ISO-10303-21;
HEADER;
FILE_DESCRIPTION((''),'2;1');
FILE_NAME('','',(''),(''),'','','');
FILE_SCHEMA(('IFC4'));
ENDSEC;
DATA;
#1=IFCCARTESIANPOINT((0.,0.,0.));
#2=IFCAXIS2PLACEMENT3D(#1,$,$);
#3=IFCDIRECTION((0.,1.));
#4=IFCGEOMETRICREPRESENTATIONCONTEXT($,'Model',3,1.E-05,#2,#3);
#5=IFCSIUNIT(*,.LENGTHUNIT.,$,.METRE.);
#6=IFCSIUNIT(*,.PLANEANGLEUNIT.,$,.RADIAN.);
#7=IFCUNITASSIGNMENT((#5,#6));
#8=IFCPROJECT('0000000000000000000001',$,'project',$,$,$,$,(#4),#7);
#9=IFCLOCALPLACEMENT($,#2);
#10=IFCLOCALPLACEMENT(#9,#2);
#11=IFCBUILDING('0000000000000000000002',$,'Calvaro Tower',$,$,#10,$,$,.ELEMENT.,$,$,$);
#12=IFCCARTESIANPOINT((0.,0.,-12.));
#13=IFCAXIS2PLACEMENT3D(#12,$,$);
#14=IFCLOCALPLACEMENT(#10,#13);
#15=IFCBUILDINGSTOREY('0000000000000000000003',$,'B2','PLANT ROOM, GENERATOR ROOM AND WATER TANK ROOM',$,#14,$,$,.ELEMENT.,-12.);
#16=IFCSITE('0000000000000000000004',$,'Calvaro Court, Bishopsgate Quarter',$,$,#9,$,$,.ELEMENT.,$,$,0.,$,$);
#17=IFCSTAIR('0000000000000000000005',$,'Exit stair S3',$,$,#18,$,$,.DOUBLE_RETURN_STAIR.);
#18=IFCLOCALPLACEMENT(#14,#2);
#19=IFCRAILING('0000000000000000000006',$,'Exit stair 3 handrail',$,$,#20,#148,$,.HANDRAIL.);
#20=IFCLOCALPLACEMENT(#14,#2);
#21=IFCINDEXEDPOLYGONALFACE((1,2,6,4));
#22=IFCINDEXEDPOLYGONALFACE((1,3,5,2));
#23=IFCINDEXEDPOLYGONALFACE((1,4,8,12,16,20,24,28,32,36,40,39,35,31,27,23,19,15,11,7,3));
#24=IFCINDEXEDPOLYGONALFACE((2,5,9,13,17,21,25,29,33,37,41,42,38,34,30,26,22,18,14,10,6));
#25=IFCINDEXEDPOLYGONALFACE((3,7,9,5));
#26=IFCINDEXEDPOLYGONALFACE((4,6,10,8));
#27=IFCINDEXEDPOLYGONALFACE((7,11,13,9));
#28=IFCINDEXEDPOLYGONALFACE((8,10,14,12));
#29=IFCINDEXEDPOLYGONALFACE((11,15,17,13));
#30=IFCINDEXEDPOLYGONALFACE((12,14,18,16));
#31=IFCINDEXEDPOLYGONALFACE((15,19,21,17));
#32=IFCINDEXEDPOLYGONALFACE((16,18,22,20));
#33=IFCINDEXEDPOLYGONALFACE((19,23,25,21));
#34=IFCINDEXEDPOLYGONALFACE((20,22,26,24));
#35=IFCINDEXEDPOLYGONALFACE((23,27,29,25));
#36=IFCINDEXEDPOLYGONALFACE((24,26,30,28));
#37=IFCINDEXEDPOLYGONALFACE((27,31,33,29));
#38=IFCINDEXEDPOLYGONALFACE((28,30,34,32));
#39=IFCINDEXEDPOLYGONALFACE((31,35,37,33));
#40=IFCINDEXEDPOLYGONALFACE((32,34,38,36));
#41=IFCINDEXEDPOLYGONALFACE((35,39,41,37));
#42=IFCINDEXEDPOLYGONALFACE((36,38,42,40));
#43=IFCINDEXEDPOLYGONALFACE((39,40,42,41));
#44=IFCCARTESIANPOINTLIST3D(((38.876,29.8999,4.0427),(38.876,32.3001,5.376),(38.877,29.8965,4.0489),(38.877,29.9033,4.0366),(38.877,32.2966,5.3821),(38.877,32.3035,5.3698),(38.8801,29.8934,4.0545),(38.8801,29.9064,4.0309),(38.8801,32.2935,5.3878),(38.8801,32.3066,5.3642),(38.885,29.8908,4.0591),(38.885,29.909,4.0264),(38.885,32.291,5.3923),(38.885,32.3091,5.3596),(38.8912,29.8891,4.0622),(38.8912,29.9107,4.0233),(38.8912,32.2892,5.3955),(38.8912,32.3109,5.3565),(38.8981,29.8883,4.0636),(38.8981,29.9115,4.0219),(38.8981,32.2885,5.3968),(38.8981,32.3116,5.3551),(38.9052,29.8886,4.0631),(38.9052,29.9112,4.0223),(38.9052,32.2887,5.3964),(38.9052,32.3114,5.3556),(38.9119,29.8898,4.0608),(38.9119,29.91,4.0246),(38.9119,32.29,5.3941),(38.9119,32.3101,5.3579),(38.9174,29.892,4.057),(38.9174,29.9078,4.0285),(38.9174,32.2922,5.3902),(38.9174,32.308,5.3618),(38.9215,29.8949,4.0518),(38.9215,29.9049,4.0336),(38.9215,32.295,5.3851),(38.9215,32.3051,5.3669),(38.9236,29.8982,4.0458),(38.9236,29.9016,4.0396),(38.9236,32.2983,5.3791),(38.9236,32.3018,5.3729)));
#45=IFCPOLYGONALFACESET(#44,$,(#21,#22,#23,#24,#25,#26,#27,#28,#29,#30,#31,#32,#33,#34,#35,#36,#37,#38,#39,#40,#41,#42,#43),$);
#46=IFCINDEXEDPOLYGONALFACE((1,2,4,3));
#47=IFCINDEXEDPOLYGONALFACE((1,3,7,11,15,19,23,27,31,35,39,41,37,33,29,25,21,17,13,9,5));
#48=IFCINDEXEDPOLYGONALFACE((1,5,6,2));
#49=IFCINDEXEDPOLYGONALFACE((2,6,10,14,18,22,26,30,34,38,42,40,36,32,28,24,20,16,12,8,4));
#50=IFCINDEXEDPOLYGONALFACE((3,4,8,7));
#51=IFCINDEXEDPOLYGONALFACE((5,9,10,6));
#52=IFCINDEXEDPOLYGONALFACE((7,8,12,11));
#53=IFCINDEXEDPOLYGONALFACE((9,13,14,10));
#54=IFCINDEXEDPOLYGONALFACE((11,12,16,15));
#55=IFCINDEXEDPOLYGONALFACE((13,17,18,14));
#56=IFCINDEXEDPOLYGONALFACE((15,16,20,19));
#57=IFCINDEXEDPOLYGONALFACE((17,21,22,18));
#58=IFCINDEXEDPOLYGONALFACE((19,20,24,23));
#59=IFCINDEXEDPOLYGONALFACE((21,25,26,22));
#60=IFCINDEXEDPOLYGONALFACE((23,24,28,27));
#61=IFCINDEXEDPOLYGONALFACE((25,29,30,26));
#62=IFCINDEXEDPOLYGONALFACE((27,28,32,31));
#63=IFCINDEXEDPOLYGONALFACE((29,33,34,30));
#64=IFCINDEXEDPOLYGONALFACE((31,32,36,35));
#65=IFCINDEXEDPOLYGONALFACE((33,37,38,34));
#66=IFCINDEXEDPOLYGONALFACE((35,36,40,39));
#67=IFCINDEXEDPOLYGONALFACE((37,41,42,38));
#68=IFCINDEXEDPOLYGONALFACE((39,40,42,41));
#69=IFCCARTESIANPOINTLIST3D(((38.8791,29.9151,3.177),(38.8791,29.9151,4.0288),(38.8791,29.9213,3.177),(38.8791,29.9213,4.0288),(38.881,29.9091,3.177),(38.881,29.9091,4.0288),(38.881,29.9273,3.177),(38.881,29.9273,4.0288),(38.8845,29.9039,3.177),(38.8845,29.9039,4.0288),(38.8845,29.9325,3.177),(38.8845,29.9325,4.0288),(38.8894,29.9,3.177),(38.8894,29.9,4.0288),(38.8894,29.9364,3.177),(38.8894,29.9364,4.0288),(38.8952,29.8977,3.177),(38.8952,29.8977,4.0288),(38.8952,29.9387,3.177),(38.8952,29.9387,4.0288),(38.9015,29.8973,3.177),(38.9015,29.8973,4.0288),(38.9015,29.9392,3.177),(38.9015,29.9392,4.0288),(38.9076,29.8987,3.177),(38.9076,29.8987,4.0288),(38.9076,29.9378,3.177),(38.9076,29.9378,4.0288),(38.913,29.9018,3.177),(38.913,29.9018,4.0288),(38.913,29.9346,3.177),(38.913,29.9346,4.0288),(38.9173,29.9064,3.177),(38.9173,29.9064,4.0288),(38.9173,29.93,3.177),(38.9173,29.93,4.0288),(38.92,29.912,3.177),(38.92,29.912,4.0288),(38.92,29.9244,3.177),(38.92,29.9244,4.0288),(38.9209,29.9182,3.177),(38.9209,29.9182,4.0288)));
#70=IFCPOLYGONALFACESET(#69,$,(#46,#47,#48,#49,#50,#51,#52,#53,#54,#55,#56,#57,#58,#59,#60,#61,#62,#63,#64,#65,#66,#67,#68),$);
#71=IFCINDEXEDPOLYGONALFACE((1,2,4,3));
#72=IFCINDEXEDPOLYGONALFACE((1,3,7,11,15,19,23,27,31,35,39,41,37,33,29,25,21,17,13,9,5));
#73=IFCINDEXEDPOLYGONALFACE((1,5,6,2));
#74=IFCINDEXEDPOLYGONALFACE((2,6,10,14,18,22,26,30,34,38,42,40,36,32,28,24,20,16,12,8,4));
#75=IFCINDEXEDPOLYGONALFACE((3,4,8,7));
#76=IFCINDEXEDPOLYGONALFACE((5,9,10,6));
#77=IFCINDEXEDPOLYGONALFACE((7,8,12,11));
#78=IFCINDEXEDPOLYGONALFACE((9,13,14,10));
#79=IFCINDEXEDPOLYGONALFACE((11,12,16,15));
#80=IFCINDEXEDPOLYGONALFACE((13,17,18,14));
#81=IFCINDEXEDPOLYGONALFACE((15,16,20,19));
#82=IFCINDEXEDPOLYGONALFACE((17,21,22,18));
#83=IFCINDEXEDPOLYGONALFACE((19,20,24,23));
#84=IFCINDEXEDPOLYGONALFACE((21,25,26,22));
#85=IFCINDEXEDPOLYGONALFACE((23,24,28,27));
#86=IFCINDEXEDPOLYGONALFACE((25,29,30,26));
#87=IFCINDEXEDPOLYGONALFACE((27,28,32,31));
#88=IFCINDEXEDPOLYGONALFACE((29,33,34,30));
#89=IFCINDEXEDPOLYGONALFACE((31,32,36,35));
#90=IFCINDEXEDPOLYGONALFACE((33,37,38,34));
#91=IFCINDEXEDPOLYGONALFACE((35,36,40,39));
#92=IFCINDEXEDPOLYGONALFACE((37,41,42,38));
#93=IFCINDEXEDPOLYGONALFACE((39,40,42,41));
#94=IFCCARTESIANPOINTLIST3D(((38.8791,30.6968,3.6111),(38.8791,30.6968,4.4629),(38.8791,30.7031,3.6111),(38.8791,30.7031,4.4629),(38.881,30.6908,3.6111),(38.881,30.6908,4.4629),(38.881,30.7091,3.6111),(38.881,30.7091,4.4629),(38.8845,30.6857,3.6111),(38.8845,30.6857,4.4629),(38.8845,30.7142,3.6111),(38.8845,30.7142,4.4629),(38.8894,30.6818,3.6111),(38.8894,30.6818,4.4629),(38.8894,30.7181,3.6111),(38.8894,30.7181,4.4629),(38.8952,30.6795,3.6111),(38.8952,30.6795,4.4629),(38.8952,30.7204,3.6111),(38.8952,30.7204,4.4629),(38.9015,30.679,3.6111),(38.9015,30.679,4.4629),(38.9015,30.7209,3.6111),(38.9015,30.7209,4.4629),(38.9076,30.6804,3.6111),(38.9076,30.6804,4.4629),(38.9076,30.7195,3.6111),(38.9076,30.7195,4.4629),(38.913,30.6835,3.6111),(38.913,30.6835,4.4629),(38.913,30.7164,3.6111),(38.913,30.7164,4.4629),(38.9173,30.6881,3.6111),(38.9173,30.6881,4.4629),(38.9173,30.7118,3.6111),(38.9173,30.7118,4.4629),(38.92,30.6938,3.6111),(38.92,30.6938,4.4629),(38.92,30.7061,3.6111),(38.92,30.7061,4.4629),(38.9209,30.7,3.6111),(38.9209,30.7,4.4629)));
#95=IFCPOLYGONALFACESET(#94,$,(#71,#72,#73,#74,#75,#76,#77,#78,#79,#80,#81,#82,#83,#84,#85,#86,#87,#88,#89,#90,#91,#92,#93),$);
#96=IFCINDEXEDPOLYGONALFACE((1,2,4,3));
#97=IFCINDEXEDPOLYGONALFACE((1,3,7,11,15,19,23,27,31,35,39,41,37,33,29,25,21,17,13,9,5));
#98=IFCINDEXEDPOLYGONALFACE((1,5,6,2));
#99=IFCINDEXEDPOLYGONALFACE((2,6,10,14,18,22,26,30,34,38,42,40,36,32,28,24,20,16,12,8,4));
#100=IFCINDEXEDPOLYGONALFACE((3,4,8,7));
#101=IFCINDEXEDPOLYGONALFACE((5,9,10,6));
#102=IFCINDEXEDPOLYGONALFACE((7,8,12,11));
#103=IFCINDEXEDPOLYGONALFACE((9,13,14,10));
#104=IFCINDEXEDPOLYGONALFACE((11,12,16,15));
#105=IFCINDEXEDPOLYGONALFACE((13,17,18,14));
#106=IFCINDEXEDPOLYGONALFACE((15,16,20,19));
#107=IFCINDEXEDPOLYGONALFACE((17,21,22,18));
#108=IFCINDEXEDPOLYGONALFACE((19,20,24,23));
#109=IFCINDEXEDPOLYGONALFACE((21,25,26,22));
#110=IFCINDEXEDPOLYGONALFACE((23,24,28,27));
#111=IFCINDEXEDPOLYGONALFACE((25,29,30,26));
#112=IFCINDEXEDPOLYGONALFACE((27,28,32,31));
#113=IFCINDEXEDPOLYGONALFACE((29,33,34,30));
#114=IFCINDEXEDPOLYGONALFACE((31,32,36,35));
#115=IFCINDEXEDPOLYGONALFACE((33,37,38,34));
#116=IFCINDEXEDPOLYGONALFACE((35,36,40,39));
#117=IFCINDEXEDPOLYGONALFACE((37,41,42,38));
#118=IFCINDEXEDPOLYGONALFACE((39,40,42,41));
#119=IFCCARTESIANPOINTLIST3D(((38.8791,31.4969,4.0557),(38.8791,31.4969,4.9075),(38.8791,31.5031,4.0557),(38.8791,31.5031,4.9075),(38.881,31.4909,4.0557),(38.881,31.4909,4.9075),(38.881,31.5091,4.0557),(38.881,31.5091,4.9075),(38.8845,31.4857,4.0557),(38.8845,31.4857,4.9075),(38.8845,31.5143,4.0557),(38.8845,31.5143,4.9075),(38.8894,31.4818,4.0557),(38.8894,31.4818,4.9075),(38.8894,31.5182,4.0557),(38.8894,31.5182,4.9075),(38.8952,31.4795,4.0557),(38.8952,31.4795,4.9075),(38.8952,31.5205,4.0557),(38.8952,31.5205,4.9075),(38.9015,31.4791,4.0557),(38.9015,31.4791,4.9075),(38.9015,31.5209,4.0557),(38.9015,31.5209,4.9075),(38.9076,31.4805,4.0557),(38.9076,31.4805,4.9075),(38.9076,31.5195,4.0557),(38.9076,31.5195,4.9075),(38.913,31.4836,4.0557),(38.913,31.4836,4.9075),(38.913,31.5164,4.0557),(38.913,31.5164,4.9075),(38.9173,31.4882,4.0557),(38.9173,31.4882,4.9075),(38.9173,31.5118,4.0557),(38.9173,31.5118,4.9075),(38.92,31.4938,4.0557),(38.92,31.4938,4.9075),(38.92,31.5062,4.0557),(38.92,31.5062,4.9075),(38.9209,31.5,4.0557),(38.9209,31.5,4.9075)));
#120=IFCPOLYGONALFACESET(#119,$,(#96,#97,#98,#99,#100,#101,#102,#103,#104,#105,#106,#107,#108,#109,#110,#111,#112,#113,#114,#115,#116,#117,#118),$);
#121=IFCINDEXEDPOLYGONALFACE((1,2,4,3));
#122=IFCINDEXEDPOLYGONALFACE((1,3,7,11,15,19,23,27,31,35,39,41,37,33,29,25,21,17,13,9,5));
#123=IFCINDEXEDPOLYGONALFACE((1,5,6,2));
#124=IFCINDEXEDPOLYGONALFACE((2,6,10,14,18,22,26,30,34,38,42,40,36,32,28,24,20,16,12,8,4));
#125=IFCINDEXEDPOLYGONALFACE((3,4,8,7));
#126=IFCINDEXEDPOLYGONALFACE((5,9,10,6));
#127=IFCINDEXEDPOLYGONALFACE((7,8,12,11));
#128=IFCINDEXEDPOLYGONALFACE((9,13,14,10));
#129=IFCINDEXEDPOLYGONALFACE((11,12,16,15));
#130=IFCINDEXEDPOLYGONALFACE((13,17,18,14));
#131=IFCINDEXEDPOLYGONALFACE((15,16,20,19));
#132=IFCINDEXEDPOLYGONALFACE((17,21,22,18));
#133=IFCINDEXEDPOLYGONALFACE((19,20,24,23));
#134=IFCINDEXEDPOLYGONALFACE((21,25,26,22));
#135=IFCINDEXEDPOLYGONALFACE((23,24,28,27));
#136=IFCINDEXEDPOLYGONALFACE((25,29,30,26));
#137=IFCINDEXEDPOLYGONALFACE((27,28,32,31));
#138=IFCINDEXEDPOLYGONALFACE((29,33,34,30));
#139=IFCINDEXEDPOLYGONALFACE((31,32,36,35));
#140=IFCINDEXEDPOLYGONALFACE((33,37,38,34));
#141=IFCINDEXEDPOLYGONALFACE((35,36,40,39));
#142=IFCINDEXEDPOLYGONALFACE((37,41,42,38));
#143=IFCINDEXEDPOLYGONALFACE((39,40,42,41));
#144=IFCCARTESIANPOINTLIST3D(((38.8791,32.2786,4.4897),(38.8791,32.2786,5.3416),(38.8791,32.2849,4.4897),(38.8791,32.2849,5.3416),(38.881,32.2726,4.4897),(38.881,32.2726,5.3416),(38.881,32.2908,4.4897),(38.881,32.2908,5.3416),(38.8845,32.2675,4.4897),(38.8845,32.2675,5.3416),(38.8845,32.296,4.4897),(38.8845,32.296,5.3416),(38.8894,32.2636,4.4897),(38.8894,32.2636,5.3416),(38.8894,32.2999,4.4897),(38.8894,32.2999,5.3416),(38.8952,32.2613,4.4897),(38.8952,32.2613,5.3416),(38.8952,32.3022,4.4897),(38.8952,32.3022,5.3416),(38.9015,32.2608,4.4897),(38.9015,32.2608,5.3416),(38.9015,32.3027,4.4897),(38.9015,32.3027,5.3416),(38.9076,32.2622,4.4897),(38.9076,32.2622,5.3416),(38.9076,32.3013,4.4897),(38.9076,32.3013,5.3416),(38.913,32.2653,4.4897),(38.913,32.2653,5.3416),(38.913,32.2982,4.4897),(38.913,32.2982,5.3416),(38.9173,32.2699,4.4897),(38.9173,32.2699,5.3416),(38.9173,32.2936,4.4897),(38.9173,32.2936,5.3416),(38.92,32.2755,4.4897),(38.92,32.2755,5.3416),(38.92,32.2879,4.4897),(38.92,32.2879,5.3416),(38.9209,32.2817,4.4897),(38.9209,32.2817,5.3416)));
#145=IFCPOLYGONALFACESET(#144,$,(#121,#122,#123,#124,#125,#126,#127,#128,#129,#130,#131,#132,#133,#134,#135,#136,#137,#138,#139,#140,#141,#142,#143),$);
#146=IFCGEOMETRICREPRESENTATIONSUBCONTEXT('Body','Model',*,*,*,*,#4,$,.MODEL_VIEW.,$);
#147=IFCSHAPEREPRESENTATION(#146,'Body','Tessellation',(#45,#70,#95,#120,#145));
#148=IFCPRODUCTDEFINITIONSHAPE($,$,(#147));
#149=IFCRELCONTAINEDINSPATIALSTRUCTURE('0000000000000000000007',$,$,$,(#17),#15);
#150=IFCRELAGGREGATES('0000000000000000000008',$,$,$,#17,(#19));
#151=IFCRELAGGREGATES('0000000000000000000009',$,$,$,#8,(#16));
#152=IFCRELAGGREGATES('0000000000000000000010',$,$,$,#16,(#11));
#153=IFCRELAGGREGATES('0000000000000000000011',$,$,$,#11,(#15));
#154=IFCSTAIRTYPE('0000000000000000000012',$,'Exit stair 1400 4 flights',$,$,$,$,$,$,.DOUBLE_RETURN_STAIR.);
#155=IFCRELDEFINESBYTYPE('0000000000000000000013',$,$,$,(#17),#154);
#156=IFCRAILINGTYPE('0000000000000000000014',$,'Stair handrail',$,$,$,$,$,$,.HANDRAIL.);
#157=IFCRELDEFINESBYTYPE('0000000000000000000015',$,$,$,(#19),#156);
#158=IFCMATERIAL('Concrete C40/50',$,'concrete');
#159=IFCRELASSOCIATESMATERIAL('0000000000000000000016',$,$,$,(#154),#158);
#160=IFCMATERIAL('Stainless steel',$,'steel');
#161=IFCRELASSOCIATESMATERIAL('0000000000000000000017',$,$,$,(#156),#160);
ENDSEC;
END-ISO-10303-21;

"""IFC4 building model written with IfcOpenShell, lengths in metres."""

from ifc_helpers import new_model, si_unit, direction, frame, origin, origin_2d, place, context, subcontext, project, spatial, circle, extrude, material, type_object, element, aggregate, save


model = new_model("IFC4")

# Units and contexts
model_context = context("Model", 3, precision=1e-05, world=origin(), true_north=direction((0.0, 1.0)))
body_context = subcontext(model_context, "Body", "Model", "MODEL_VIEW")
ifc_project = project(units=[si_unit("LENGTHUNIT", "METRE"), si_unit("PLANEANGLEUNIT", "RADIAN")], contexts=[model_context])

# Site, building, storey
site_placement = place(None, origin())
site = spatial("IfcSite", under=ifc_project, at=site_placement, Name="Calvaro Court, Bishopsgate Quarter", CompositionType="ELEMENT", RefElevation=0.0)
building_placement = place(site_placement, origin())
building = spatial("IfcBuilding", under=site, at=building_placement, Name="Calvaro Tower", CompositionType="ELEMENT")
storey_placement = place(building_placement, frame((0.0, 0.0, -12.0)))
storey = spatial("IfcBuildingStorey", under=building, at=storey_placement, Name="B2", Description="PLANT ROOM, GENERATOR ROOM AND WATER TANK ROOM", CompositionType="ELEMENT", Elevation=-12.0)

# Stair, railing
ifc_material_1 = material(Name="Concrete C40/50", Category="concrete")
stair_type = type_object("IfcStairType", Name="Exit stair 1400 4 flights", PredefinedType="DOUBLE_RETURN_STAIR", material=ifc_material_1)
stair_1_placement = place(storey_placement, origin())
stair_1 = element("IfcStair", 1, at=stair_1_placement, inside=storey, type_object=stair_type, Name="Exit stair S3", PredefinedType="DOUBLE_RETURN_STAIR")
ifc_material_2 = material(Name="Stainless steel", Category="steel")
railing_type = type_object("IfcRailingType", Name="Stair handrail", PredefinedType="HANDRAIL", material=ifc_material_2)
railing_1_placement = place(storey_placement, frame((38.8999, 29.8999, 3.1667)))
railing_1 = element("IfcRailing", 2, at=railing_1_placement, type_object=railing_type, Name="Exit stair 3 handrail", PredefinedType="HANDRAIL", context=body_context, shape_type="SweptSolid", body=[
    extrude(circle(Radius=0.0239, at=origin_2d()), frame((0.0, 0.0, 0.876), z_axis=(0.0, 0.874182, 0.485598), x_axis=(-1.0, 0.0, 0.0)), (0.0, 0.0, 1.0), 2.7456),
    extrude(circle(Radius=0.021, at=origin_2d()), frame((0.0, 0.0183, 0.0103)), (0.0, 0.0, 1.0), 0.8518),
    extrude(circle(Radius=0.021, at=origin_2d()), frame((0.0, 0.8, 0.4443)), (0.0, 0.0, 1.0), 0.8518),
    extrude(circle(Radius=0.021, at=origin_2d()), frame((0.0, 1.6001, 0.8889)), (0.0, 0.0, 1.0), 0.8518),
    extrude(circle(Radius=0.021, at=origin_2d()), frame((0.0, 2.3818, 1.323)), (0.0, 0.0, 1.0), 0.8518),
])
aggregate(stair_1, [railing_1])

save(model, "model.ifc")
